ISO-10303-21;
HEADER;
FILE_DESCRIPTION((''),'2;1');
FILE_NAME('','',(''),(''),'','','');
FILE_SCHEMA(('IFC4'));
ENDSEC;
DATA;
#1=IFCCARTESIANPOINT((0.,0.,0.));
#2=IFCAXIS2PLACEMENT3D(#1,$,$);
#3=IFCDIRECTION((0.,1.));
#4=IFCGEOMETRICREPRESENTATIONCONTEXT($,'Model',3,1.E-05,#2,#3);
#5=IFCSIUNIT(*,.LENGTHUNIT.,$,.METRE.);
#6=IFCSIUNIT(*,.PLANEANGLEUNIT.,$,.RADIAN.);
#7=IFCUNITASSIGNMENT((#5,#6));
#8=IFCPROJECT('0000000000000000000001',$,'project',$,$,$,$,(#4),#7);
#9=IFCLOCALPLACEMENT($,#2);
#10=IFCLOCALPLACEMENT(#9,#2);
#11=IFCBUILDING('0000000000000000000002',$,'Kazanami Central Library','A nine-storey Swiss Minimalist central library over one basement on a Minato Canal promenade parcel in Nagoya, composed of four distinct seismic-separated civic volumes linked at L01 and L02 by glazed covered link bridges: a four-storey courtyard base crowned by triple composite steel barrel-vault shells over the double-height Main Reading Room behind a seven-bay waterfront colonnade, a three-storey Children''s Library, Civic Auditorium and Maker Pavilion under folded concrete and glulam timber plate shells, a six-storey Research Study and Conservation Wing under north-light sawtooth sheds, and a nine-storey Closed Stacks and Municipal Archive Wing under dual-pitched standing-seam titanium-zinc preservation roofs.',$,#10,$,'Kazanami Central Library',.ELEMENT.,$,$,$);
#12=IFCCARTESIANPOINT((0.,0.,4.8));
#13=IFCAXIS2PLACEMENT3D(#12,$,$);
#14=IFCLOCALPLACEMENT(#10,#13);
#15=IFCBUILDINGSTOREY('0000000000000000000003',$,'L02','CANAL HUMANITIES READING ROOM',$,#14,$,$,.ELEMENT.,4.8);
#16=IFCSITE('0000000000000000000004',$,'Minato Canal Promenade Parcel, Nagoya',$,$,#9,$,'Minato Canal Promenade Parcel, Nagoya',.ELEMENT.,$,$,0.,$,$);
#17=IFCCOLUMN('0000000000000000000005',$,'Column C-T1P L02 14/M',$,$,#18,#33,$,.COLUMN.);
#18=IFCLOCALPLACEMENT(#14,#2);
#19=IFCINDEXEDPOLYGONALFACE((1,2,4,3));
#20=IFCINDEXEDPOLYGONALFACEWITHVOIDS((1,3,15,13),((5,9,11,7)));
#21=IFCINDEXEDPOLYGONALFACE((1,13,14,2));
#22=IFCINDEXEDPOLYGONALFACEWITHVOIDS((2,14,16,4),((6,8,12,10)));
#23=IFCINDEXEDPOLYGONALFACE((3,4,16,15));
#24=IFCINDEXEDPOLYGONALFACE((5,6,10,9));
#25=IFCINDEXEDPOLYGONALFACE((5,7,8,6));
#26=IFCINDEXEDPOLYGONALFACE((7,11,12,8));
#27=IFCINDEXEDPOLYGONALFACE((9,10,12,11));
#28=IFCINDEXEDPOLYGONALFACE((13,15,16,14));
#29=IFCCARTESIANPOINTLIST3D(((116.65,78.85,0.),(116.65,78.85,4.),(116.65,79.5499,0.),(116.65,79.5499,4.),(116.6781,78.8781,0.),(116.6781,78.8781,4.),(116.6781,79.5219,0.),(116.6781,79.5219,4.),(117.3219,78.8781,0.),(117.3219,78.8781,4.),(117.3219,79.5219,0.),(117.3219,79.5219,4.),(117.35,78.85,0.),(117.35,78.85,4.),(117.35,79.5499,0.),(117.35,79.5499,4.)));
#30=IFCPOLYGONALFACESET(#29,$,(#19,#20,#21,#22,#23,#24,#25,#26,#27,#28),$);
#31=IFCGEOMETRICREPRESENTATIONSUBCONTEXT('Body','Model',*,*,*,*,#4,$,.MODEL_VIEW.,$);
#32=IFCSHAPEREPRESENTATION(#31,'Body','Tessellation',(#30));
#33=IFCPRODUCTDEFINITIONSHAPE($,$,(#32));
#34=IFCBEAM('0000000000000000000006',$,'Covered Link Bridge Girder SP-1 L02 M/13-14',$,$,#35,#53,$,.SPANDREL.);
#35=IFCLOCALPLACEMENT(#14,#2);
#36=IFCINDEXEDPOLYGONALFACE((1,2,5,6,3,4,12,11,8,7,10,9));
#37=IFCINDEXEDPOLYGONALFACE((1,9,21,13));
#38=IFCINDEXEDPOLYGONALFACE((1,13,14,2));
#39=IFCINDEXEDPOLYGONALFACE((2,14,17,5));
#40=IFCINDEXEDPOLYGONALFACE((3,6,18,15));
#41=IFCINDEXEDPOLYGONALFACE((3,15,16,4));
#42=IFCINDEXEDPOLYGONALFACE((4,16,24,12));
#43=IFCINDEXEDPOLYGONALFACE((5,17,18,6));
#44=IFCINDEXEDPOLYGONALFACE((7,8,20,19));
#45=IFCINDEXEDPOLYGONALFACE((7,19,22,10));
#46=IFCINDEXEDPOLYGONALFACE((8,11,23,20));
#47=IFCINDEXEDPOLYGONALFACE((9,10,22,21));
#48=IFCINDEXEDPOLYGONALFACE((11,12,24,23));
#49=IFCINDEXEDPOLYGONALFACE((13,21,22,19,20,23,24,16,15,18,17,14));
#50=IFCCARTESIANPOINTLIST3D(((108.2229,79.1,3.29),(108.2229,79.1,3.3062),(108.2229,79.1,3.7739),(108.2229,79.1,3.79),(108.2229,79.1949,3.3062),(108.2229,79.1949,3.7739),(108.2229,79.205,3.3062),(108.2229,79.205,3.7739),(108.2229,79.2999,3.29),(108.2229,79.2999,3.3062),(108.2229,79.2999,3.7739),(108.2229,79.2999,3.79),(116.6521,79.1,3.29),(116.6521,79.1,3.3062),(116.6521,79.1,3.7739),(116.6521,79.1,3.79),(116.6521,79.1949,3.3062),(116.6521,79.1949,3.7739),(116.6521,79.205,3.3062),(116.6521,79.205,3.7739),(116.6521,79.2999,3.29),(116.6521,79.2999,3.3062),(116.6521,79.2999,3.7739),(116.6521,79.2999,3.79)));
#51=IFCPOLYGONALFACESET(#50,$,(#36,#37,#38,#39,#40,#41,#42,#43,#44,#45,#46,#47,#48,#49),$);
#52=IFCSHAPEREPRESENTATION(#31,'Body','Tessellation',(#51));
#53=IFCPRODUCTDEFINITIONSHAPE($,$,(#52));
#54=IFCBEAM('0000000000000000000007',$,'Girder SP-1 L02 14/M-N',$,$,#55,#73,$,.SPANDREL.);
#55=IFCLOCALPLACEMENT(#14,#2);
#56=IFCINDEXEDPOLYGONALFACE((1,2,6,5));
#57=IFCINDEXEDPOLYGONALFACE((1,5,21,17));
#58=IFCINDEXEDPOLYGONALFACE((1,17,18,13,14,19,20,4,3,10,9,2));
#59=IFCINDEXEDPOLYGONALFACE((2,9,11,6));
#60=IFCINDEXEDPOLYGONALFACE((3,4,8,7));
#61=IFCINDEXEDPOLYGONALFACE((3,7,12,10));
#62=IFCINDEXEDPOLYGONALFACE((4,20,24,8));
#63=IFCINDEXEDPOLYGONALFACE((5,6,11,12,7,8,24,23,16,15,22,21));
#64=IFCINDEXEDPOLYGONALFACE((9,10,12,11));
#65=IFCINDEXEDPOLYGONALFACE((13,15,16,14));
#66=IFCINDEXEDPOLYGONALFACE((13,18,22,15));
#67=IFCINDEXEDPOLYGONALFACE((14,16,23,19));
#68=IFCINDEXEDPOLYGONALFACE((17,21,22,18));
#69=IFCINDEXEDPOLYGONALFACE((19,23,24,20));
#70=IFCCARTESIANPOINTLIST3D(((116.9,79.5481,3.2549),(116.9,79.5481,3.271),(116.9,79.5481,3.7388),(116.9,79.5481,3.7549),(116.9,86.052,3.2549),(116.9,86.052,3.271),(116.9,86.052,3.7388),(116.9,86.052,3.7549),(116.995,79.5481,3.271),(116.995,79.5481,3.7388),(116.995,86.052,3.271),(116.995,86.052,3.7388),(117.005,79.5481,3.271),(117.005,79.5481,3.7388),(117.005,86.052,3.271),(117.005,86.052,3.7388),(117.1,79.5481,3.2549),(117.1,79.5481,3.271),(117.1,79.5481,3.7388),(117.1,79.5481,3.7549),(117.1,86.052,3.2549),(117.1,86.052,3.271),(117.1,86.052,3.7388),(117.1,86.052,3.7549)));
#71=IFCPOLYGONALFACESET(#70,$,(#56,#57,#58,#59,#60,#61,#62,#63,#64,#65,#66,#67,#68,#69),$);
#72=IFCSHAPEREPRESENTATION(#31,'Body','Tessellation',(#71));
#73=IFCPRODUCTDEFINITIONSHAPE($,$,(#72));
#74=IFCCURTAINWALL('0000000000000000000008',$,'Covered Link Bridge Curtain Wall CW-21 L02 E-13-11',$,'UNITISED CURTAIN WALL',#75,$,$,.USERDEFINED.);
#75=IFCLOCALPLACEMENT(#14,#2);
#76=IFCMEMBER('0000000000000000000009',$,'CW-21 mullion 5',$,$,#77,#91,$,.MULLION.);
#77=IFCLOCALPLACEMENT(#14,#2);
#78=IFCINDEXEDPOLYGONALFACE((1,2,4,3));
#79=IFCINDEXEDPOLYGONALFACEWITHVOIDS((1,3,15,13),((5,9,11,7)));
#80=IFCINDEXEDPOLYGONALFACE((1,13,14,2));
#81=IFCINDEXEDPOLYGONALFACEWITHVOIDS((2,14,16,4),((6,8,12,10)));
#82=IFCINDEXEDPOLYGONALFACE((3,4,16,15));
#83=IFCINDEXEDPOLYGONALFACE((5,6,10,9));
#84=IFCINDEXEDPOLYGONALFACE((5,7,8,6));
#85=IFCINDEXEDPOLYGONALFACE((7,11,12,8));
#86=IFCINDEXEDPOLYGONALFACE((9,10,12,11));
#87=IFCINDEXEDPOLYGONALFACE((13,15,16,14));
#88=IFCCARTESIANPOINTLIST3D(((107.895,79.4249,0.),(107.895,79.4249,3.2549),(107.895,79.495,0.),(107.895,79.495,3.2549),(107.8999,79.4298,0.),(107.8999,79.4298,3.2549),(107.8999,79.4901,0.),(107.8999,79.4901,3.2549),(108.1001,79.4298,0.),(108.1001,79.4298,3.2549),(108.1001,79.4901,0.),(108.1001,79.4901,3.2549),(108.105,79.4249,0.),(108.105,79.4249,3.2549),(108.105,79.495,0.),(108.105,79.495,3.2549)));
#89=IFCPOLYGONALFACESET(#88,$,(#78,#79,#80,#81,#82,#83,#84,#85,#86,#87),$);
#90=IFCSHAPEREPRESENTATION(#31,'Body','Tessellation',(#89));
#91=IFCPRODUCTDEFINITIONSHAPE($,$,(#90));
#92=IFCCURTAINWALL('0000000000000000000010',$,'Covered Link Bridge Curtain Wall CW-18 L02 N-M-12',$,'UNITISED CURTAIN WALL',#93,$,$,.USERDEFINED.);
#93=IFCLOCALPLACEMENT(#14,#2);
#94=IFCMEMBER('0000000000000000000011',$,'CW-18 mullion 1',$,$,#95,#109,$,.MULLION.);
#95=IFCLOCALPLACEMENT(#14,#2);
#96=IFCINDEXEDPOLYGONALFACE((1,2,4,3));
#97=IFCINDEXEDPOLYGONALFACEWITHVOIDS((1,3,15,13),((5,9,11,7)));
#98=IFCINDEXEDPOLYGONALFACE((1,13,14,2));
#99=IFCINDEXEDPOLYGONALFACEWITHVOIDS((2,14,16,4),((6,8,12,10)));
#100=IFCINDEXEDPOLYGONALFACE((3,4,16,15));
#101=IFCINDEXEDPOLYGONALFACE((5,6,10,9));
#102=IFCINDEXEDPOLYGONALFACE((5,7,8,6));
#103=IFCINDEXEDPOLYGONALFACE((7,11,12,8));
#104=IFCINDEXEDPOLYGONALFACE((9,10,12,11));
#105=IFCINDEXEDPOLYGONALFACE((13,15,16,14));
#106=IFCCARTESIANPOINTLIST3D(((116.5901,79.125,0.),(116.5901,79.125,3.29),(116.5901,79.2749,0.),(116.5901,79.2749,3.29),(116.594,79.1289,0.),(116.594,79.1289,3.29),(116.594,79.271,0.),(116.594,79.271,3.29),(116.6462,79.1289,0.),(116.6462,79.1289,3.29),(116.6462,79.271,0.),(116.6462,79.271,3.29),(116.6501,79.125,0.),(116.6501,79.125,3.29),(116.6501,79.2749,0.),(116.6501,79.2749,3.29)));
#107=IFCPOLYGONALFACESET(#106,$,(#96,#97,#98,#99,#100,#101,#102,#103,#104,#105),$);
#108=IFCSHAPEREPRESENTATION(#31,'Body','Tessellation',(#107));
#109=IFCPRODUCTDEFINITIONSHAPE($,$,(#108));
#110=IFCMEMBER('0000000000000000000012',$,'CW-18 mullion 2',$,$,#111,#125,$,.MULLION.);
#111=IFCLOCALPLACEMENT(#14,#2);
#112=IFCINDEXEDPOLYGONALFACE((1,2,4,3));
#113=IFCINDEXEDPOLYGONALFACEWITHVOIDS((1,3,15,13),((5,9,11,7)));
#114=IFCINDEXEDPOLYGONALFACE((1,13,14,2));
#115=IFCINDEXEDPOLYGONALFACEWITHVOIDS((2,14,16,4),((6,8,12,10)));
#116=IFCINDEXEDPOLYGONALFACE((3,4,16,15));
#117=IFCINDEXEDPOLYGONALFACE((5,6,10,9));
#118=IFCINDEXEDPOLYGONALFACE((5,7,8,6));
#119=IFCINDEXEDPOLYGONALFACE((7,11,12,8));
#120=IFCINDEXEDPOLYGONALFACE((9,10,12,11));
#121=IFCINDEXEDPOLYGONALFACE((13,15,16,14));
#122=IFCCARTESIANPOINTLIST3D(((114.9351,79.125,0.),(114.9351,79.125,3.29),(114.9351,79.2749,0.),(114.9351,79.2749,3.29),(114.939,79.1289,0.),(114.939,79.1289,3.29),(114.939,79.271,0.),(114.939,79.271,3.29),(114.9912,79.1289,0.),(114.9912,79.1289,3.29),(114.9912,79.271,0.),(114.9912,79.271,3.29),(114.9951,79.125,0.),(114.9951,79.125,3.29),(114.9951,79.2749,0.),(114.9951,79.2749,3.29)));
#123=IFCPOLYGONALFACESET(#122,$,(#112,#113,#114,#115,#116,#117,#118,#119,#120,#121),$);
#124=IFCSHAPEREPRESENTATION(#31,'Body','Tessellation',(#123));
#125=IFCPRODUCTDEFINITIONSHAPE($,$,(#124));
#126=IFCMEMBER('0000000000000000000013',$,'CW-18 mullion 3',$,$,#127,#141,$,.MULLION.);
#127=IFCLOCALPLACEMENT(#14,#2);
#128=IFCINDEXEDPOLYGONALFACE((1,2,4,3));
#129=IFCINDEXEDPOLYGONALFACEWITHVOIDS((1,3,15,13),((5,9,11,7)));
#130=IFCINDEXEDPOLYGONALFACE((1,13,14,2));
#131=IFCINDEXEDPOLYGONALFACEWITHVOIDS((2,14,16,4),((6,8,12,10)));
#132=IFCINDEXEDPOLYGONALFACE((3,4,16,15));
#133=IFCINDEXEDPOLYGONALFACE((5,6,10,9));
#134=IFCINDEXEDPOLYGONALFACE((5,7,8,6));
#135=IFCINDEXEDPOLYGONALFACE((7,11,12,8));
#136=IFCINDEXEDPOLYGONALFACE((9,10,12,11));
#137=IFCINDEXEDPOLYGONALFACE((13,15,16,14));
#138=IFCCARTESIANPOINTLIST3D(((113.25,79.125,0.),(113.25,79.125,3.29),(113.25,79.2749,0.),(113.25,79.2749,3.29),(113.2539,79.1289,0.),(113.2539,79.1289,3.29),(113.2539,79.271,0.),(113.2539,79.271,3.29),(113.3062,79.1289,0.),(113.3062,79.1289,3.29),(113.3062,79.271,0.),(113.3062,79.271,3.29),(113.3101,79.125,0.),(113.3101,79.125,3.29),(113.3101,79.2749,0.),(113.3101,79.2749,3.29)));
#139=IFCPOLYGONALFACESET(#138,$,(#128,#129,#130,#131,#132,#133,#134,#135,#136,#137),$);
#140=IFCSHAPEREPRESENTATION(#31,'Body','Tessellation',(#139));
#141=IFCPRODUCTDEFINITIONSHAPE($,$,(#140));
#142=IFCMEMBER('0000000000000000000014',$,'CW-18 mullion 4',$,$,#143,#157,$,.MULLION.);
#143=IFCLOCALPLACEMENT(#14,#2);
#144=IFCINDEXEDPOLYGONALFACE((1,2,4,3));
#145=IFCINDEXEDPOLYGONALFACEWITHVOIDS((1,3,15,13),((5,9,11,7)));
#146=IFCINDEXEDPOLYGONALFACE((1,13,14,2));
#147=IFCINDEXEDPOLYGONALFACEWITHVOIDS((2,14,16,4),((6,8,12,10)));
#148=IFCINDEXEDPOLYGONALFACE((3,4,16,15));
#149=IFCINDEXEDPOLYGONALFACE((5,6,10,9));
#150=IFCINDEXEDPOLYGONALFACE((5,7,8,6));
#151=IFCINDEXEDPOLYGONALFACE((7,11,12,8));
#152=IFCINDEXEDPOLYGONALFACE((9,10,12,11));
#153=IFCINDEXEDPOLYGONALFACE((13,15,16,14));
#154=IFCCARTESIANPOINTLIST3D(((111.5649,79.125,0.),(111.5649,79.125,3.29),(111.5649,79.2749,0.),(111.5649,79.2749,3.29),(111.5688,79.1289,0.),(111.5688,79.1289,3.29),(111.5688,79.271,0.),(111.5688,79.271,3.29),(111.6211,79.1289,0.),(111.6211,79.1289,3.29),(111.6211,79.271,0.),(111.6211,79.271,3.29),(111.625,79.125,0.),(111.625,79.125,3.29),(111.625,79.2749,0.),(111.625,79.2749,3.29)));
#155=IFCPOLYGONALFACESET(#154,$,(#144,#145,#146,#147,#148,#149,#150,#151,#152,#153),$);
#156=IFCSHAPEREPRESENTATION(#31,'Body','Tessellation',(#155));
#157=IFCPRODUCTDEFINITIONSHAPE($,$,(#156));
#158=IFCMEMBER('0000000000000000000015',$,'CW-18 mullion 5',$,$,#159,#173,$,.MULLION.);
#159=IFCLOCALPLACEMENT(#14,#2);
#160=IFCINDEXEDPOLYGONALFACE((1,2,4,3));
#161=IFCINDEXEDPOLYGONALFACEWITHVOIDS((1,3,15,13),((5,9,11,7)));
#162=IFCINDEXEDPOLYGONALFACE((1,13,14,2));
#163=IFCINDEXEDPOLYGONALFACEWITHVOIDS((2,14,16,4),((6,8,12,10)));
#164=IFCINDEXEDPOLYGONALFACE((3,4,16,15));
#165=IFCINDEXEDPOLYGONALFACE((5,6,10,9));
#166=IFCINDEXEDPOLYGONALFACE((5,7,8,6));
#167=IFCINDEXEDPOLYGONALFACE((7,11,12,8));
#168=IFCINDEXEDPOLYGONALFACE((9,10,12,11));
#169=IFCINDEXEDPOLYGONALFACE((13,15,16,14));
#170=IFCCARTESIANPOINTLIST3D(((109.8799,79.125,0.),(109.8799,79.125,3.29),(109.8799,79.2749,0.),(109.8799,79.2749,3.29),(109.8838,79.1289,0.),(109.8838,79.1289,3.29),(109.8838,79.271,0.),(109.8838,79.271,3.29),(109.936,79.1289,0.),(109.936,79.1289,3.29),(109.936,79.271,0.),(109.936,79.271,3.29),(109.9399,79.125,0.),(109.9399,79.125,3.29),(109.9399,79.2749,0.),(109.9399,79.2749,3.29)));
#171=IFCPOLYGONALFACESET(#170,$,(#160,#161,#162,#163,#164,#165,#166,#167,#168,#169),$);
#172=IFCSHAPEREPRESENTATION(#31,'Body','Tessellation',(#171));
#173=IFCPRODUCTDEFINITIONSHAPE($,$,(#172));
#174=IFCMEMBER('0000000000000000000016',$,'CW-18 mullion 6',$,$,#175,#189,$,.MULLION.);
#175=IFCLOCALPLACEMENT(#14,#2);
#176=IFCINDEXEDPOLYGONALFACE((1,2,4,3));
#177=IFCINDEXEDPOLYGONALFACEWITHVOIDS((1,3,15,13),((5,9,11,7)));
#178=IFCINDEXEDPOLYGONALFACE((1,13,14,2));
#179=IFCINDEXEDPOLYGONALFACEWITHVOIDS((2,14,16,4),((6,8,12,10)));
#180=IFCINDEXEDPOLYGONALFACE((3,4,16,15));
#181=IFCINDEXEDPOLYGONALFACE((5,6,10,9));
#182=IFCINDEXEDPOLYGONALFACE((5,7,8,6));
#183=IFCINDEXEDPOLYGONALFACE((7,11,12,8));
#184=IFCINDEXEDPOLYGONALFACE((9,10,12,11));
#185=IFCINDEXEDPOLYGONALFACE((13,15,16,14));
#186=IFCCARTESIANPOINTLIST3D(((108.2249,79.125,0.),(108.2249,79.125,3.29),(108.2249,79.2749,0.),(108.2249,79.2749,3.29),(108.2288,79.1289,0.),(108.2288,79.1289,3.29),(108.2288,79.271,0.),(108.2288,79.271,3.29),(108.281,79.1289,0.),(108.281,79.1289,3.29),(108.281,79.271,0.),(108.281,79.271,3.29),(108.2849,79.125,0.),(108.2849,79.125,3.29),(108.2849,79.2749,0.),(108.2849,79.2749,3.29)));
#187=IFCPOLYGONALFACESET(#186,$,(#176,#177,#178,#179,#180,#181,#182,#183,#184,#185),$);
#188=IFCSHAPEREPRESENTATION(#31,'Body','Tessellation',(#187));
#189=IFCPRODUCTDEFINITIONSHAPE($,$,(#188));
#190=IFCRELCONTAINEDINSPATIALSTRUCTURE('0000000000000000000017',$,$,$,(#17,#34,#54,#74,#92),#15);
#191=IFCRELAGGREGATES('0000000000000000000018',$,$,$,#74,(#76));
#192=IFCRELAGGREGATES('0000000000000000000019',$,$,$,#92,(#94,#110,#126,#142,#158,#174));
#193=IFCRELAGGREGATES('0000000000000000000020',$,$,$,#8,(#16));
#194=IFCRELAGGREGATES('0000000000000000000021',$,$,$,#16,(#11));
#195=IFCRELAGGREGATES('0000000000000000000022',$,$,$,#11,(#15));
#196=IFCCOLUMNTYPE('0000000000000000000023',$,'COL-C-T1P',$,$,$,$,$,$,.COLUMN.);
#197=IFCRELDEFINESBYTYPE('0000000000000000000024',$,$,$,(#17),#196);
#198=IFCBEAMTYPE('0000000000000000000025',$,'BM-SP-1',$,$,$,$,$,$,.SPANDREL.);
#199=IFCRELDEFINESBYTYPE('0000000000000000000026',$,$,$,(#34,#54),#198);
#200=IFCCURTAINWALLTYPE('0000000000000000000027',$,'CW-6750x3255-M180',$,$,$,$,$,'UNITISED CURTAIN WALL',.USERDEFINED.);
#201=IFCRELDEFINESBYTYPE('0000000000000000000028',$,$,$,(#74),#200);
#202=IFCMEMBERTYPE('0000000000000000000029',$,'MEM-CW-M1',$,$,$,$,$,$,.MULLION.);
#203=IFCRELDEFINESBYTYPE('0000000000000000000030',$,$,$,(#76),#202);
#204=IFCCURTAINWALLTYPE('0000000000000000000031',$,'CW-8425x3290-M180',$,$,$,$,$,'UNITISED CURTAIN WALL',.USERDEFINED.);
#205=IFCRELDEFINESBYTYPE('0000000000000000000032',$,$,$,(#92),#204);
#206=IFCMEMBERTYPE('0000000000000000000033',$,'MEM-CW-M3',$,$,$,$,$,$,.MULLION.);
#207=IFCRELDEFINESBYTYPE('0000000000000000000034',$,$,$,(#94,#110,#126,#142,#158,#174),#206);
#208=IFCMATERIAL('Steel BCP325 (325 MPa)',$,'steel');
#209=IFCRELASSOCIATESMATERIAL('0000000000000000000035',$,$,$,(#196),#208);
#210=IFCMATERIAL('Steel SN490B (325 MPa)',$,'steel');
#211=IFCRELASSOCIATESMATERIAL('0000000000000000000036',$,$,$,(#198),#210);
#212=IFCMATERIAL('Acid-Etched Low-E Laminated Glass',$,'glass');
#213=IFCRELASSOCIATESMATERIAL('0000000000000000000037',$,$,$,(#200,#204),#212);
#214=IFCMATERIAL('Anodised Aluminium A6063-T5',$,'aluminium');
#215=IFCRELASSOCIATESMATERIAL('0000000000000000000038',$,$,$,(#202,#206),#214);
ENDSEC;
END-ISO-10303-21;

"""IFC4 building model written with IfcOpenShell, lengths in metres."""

from ifc_helpers import new_model, si_unit, direction, frame, origin, origin_2d, place, context, subcontext, project, spatial, hollow_rectangle, i_section, extrude, material, material_profile, profile_set, type_object, element, aggregate, save


model = new_model("IFC4")

# Units and contexts
model_context = context("Model", 3, precision=1e-05, world=origin(), true_north=direction((0.0, 1.0)))
body_context = subcontext(model_context, "Body", "Model", "MODEL_VIEW")
ifc_project = project(units=[si_unit("LENGTHUNIT", "METRE"), si_unit("PLANEANGLEUNIT", "RADIAN")], contexts=[model_context])

# Site, building, storey
site_placement = place(None, origin())
site = spatial("IfcSite", under=ifc_project, at=site_placement, Name="Minato Canal Promenade Parcel, Nagoya", LongName="Minato Canal Promenade Parcel, Nagoya", CompositionType="ELEMENT", RefElevation=0.0)
building_placement = place(site_placement, origin())
building = spatial("IfcBuilding", under=site, at=building_placement, Name="Kazanami Central Library", Description="A nine-storey Swiss Minimalist central library over one basement on a Minato Canal promenade parcel in Nagoya, composed of four distinct seismic-separated civic volumes linked at L01 and L02 by glazed covered link bridges: a four-storey courtyard base crowned by triple composite steel barrel-vault shells over the double-height Main Reading Room behind a seven-bay waterfront colonnade, a three-storey Children's Library, Civic Auditorium and Maker Pavilion under folded concrete and glulam timber plate shells, a six-storey Research Study and Conservation Wing under north-light sawtooth sheds, and a nine-storey Closed Stacks and Municipal Archive Wing under dual-pitched standing-seam titanium-zinc preservation roofs.", LongName="Kazanami Central Library", CompositionType="ELEMENT")
storey_placement = place(building_placement, frame((0.0, 0.0, 4.8)))
storey = spatial("IfcBuildingStorey", under=building, at=storey_placement, Name="L02", Description="CANAL HUMANITIES READING ROOM", CompositionType="ELEMENT", Elevation=4.8)

# Column
ifc_material_1 = material(Name="Steel BCP325 (325 MPa)", Category="steel")
ifc_material_profile_1 = material_profile(ifc_material_1, hollow_rectangle(XDim=0.7, YDim=0.7, WallThickness=0.0281, at=origin_2d()), Name="BCP-700x700x28")
ifc_profile_set_1 = profile_set([ifc_material_profile_1], Name="Steel BCP325 (325 MPa)")
column_type = type_object("IfcColumnType", Name="COL-C-T1P", PredefinedType="COLUMN", material=ifc_profile_set_1)
column_placement = place(storey_placement, frame((117.0, 79.2, 0.0), z_axis=(0.0, 0.0, 1.0), x_axis=(1.0, 0.0, 0.0)))
element("IfcColumn", 1, at=column_placement, inside=storey, type_object=column_type, Name="Column C-T1P L02 14/M", PredefinedType="COLUMN", context=body_context, shape_type="SweptSolid", body=[
    extrude(hollow_rectangle(XDim=0.7, YDim=0.7, WallThickness=0.0281, at=origin_2d()), origin(), (0.0, 0.0, 1.0), 4.0),
])

# Beams
ifc_material_2 = material(Name="Steel SN490B (325 MPa)", Category="steel")
ifc_material_profile_2 = material_profile(ifc_material_2, i_section(OverallWidth=0.2, OverallDepth=0.5, WebThickness=0.01, FlangeThickness=0.0161, at=origin_2d()), Name="H-500x200x10x16")
ifc_profile_set_2 = profile_set([ifc_material_profile_2], Name="Steel SN490B (325 MPa)")
beam_type = type_object("IfcBeamType", Name="BM-SP-1", PredefinedType="SPANDREL", material=ifc_profile_set_2)
beam_1_placement = place(storey_placement, frame((108.2229, 79.2, 3.54), z_axis=(1.0, 0.0, 0.0), x_axis=(0.0, 1.0, 0.0)))
element("IfcBeam", 2, at=beam_1_placement, inside=storey, type_object=beam_type, Name="Covered Link Bridge Girder SP-1 L02 M/13-14", PredefinedType="SPANDREL", context=body_context, shape_type="SweptSolid", body=[
    extrude(i_section(OverallWidth=0.2, OverallDepth=0.5, WebThickness=0.01, FlangeThickness=0.0161, at=origin_2d()), origin(), (0.0, 0.0, 1.0), 8.4292),
])
beam_2_placement = place(storey_placement, frame((117.0, 79.5481, 3.5049), z_axis=(0.0, 1.0, 0.0), x_axis=(-1.0, 0.0, 0.0)))
element("IfcBeam", 3, at=beam_2_placement, inside=storey, type_object=beam_type, Name="Girder SP-1 L02 14/M-N", PredefinedType="SPANDREL", context=body_context, shape_type="SweptSolid", body=[
    extrude(i_section(OverallWidth=0.2, OverallDepth=0.5, WebThickness=0.01, FlangeThickness=0.0161, at=origin_2d()), origin(), (0.0, 0.0, 1.0), 6.5039),
])

# Curtain wall, member
ifc_material_3 = material(Name="Acid-Etched Low-E Laminated Glass", Category="glass")
curtain_wall_type_1 = type_object("IfcCurtainWallType", Name="CW-6750x3255-M180", ElementType="UNITISED CURTAIN WALL", PredefinedType="USERDEFINED", material=ifc_material_3)
curtain_wall_1_placement = place(storey_placement, origin())
curtain_wall_1 = element("IfcCurtainWall", 4, at=curtain_wall_1_placement, inside=storey, type_object=curtain_wall_type_1, Name="Covered Link Bridge Curtain Wall CW-21 L02 E-13-11", ObjectType="UNITISED CURTAIN WALL", PredefinedType="USERDEFINED")
ifc_material_4 = material(Name="Anodised Aluminium A6063-T5", Category="aluminium")
ifc_material_profile_3 = material_profile(ifc_material_4, hollow_rectangle(XDim=0.0701, YDim=0.21, WallThickness=0.0049, at=origin_2d()), Name="ALU-MULL-70x210x5")
ifc_profile_set_3 = profile_set([ifc_material_profile_3], Name="Anodised Aluminium A6063-T5")
member_type_1 = type_object("IfcMemberType", Name="MEM-CW-M1", PredefinedType="MULLION", material=ifc_profile_set_3)
member_1_placement = place(storey_placement, frame((108.0, 79.46, 0.0), z_axis=(0.0, 0.0, 1.0), x_axis=(0.0, -1.0, 0.0)))
member_1 = element("IfcMember", 5, at=member_1_placement, type_object=member_type_1, Name="CW-21 mullion 5", PredefinedType="MULLION", context=body_context, shape_type="SweptSolid", body=[
    extrude(hollow_rectangle(XDim=0.0701, YDim=0.21, WallThickness=0.0049, at=origin_2d()), origin(), (0.0, 0.0, 1.0), 3.2549),
])
aggregate(curtain_wall_1, [member_1])

# Curtain wall, members
curtain_wall_type_2 = type_object("IfcCurtainWallType", Name="CW-8425x3290-M180", ElementType="UNITISED CURTAIN WALL", PredefinedType="USERDEFINED", material=ifc_material_3)
curtain_wall_2_placement = place(storey_placement, origin())
curtain_wall_2 = element("IfcCurtainWall", 6, at=curtain_wall_2_placement, inside=storey, type_object=curtain_wall_type_2, Name="Covered Link Bridge Curtain Wall CW-18 L02 N-M-12", ObjectType="UNITISED CURTAIN WALL", PredefinedType="USERDEFINED")
ifc_material_profile_4 = material_profile(ifc_material_4, hollow_rectangle(XDim=0.0601, YDim=0.1499, WallThickness=0.0039, at=origin_2d()), Name="ALU-MULL-60x150x4")
ifc_profile_set_4 = profile_set([ifc_material_profile_4], Name="Anodised Aluminium A6063-T5")
member_type_2 = type_object("IfcMemberType", Name="MEM-CW-M3", PredefinedType="MULLION", material=ifc_profile_set_4)
member_2_placement = place(storey_placement, frame((116.6201, 79.2, 0.0), z_axis=(0.0, 0.0, 1.0), x_axis=(-1.0, 0.0, 0.0)))
member_2 = element("IfcMember", 7, at=member_2_placement, type_object=member_type_2, Name="CW-18 mullion 1", PredefinedType="MULLION", context=body_context, shape_type="SweptSolid", body=[
    extrude(hollow_rectangle(XDim=0.0601, YDim=0.1499, WallThickness=0.0039, at=origin_2d()), origin(), (0.0, 0.0, 1.0), 3.29),
])
member_3_placement = place(storey_placement, frame((114.9651, 79.2, 0.0), z_axis=(0.0, 0.0, 1.0), x_axis=(-1.0, 0.0, 0.0)))
member_3 = element("IfcMember", 8, at=member_3_placement, type_object=member_type_2, Name="CW-18 mullion 2", PredefinedType="MULLION", context=body_context, shape_type="SweptSolid", body=[
    extrude(hollow_rectangle(XDim=0.0601, YDim=0.1499, WallThickness=0.0039, at=origin_2d()), origin(), (0.0, 0.0, 1.0), 3.29),
])
member_4_placement = place(storey_placement, frame((113.28, 79.2, 0.0), z_axis=(0.0, 0.0, 1.0), x_axis=(-1.0, 0.0, 0.0)))
member_4 = element("IfcMember", 9, at=member_4_placement, type_object=member_type_2, Name="CW-18 mullion 3", PredefinedType="MULLION", context=body_context, shape_type="SweptSolid", body=[
    extrude(hollow_rectangle(XDim=0.0601, YDim=0.1499, WallThickness=0.0039, at=origin_2d()), origin(), (0.0, 0.0, 1.0), 3.29),
])
member_5_placement = place(storey_placement, frame((111.595, 79.2, 0.0), z_axis=(0.0, 0.0, 1.0), x_axis=(-1.0, 0.0, 0.0)))
member_5 = element("IfcMember", 10, at=member_5_placement, type_object=member_type_2, Name="CW-18 mullion 4", PredefinedType="MULLION", context=body_context, shape_type="SweptSolid", body=[
    extrude(hollow_rectangle(XDim=0.0601, YDim=0.1499, WallThickness=0.0039, at=origin_2d()), origin(), (0.0, 0.0, 1.0), 3.29),
])
member_6_placement = place(storey_placement, frame((109.9099, 79.2, 0.0), z_axis=(0.0, 0.0, 1.0), x_axis=(-1.0, 0.0, 0.0)))
member_6 = element("IfcMember", 11, at=member_6_placement, type_object=member_type_2, Name="CW-18 mullion 5", PredefinedType="MULLION", context=body_context, shape_type="SweptSolid", body=[
    extrude(hollow_rectangle(XDim=0.0601, YDim=0.1499, WallThickness=0.0039, at=origin_2d()), origin(), (0.0, 0.0, 1.0), 3.29),
])
member_7_placement = place(storey_placement, frame((108.2549, 79.2, 0.0), z_axis=(0.0, 0.0, 1.0), x_axis=(-1.0, 0.0, 0.0)))
member_7 = element("IfcMember", 12, at=member_7_placement, type_object=member_type_2, Name="CW-18 mullion 6", PredefinedType="MULLION", context=body_context, shape_type="SweptSolid", body=[
    extrude(hollow_rectangle(XDim=0.0601, YDim=0.1499, WallThickness=0.0039, at=origin_2d()), origin(), (0.0, 0.0, 1.0), 3.29),
])

aggregate(curtain_wall_2, [member_2, member_3, member_4, member_5, member_6, member_7])

save(model, "model.ifc")
